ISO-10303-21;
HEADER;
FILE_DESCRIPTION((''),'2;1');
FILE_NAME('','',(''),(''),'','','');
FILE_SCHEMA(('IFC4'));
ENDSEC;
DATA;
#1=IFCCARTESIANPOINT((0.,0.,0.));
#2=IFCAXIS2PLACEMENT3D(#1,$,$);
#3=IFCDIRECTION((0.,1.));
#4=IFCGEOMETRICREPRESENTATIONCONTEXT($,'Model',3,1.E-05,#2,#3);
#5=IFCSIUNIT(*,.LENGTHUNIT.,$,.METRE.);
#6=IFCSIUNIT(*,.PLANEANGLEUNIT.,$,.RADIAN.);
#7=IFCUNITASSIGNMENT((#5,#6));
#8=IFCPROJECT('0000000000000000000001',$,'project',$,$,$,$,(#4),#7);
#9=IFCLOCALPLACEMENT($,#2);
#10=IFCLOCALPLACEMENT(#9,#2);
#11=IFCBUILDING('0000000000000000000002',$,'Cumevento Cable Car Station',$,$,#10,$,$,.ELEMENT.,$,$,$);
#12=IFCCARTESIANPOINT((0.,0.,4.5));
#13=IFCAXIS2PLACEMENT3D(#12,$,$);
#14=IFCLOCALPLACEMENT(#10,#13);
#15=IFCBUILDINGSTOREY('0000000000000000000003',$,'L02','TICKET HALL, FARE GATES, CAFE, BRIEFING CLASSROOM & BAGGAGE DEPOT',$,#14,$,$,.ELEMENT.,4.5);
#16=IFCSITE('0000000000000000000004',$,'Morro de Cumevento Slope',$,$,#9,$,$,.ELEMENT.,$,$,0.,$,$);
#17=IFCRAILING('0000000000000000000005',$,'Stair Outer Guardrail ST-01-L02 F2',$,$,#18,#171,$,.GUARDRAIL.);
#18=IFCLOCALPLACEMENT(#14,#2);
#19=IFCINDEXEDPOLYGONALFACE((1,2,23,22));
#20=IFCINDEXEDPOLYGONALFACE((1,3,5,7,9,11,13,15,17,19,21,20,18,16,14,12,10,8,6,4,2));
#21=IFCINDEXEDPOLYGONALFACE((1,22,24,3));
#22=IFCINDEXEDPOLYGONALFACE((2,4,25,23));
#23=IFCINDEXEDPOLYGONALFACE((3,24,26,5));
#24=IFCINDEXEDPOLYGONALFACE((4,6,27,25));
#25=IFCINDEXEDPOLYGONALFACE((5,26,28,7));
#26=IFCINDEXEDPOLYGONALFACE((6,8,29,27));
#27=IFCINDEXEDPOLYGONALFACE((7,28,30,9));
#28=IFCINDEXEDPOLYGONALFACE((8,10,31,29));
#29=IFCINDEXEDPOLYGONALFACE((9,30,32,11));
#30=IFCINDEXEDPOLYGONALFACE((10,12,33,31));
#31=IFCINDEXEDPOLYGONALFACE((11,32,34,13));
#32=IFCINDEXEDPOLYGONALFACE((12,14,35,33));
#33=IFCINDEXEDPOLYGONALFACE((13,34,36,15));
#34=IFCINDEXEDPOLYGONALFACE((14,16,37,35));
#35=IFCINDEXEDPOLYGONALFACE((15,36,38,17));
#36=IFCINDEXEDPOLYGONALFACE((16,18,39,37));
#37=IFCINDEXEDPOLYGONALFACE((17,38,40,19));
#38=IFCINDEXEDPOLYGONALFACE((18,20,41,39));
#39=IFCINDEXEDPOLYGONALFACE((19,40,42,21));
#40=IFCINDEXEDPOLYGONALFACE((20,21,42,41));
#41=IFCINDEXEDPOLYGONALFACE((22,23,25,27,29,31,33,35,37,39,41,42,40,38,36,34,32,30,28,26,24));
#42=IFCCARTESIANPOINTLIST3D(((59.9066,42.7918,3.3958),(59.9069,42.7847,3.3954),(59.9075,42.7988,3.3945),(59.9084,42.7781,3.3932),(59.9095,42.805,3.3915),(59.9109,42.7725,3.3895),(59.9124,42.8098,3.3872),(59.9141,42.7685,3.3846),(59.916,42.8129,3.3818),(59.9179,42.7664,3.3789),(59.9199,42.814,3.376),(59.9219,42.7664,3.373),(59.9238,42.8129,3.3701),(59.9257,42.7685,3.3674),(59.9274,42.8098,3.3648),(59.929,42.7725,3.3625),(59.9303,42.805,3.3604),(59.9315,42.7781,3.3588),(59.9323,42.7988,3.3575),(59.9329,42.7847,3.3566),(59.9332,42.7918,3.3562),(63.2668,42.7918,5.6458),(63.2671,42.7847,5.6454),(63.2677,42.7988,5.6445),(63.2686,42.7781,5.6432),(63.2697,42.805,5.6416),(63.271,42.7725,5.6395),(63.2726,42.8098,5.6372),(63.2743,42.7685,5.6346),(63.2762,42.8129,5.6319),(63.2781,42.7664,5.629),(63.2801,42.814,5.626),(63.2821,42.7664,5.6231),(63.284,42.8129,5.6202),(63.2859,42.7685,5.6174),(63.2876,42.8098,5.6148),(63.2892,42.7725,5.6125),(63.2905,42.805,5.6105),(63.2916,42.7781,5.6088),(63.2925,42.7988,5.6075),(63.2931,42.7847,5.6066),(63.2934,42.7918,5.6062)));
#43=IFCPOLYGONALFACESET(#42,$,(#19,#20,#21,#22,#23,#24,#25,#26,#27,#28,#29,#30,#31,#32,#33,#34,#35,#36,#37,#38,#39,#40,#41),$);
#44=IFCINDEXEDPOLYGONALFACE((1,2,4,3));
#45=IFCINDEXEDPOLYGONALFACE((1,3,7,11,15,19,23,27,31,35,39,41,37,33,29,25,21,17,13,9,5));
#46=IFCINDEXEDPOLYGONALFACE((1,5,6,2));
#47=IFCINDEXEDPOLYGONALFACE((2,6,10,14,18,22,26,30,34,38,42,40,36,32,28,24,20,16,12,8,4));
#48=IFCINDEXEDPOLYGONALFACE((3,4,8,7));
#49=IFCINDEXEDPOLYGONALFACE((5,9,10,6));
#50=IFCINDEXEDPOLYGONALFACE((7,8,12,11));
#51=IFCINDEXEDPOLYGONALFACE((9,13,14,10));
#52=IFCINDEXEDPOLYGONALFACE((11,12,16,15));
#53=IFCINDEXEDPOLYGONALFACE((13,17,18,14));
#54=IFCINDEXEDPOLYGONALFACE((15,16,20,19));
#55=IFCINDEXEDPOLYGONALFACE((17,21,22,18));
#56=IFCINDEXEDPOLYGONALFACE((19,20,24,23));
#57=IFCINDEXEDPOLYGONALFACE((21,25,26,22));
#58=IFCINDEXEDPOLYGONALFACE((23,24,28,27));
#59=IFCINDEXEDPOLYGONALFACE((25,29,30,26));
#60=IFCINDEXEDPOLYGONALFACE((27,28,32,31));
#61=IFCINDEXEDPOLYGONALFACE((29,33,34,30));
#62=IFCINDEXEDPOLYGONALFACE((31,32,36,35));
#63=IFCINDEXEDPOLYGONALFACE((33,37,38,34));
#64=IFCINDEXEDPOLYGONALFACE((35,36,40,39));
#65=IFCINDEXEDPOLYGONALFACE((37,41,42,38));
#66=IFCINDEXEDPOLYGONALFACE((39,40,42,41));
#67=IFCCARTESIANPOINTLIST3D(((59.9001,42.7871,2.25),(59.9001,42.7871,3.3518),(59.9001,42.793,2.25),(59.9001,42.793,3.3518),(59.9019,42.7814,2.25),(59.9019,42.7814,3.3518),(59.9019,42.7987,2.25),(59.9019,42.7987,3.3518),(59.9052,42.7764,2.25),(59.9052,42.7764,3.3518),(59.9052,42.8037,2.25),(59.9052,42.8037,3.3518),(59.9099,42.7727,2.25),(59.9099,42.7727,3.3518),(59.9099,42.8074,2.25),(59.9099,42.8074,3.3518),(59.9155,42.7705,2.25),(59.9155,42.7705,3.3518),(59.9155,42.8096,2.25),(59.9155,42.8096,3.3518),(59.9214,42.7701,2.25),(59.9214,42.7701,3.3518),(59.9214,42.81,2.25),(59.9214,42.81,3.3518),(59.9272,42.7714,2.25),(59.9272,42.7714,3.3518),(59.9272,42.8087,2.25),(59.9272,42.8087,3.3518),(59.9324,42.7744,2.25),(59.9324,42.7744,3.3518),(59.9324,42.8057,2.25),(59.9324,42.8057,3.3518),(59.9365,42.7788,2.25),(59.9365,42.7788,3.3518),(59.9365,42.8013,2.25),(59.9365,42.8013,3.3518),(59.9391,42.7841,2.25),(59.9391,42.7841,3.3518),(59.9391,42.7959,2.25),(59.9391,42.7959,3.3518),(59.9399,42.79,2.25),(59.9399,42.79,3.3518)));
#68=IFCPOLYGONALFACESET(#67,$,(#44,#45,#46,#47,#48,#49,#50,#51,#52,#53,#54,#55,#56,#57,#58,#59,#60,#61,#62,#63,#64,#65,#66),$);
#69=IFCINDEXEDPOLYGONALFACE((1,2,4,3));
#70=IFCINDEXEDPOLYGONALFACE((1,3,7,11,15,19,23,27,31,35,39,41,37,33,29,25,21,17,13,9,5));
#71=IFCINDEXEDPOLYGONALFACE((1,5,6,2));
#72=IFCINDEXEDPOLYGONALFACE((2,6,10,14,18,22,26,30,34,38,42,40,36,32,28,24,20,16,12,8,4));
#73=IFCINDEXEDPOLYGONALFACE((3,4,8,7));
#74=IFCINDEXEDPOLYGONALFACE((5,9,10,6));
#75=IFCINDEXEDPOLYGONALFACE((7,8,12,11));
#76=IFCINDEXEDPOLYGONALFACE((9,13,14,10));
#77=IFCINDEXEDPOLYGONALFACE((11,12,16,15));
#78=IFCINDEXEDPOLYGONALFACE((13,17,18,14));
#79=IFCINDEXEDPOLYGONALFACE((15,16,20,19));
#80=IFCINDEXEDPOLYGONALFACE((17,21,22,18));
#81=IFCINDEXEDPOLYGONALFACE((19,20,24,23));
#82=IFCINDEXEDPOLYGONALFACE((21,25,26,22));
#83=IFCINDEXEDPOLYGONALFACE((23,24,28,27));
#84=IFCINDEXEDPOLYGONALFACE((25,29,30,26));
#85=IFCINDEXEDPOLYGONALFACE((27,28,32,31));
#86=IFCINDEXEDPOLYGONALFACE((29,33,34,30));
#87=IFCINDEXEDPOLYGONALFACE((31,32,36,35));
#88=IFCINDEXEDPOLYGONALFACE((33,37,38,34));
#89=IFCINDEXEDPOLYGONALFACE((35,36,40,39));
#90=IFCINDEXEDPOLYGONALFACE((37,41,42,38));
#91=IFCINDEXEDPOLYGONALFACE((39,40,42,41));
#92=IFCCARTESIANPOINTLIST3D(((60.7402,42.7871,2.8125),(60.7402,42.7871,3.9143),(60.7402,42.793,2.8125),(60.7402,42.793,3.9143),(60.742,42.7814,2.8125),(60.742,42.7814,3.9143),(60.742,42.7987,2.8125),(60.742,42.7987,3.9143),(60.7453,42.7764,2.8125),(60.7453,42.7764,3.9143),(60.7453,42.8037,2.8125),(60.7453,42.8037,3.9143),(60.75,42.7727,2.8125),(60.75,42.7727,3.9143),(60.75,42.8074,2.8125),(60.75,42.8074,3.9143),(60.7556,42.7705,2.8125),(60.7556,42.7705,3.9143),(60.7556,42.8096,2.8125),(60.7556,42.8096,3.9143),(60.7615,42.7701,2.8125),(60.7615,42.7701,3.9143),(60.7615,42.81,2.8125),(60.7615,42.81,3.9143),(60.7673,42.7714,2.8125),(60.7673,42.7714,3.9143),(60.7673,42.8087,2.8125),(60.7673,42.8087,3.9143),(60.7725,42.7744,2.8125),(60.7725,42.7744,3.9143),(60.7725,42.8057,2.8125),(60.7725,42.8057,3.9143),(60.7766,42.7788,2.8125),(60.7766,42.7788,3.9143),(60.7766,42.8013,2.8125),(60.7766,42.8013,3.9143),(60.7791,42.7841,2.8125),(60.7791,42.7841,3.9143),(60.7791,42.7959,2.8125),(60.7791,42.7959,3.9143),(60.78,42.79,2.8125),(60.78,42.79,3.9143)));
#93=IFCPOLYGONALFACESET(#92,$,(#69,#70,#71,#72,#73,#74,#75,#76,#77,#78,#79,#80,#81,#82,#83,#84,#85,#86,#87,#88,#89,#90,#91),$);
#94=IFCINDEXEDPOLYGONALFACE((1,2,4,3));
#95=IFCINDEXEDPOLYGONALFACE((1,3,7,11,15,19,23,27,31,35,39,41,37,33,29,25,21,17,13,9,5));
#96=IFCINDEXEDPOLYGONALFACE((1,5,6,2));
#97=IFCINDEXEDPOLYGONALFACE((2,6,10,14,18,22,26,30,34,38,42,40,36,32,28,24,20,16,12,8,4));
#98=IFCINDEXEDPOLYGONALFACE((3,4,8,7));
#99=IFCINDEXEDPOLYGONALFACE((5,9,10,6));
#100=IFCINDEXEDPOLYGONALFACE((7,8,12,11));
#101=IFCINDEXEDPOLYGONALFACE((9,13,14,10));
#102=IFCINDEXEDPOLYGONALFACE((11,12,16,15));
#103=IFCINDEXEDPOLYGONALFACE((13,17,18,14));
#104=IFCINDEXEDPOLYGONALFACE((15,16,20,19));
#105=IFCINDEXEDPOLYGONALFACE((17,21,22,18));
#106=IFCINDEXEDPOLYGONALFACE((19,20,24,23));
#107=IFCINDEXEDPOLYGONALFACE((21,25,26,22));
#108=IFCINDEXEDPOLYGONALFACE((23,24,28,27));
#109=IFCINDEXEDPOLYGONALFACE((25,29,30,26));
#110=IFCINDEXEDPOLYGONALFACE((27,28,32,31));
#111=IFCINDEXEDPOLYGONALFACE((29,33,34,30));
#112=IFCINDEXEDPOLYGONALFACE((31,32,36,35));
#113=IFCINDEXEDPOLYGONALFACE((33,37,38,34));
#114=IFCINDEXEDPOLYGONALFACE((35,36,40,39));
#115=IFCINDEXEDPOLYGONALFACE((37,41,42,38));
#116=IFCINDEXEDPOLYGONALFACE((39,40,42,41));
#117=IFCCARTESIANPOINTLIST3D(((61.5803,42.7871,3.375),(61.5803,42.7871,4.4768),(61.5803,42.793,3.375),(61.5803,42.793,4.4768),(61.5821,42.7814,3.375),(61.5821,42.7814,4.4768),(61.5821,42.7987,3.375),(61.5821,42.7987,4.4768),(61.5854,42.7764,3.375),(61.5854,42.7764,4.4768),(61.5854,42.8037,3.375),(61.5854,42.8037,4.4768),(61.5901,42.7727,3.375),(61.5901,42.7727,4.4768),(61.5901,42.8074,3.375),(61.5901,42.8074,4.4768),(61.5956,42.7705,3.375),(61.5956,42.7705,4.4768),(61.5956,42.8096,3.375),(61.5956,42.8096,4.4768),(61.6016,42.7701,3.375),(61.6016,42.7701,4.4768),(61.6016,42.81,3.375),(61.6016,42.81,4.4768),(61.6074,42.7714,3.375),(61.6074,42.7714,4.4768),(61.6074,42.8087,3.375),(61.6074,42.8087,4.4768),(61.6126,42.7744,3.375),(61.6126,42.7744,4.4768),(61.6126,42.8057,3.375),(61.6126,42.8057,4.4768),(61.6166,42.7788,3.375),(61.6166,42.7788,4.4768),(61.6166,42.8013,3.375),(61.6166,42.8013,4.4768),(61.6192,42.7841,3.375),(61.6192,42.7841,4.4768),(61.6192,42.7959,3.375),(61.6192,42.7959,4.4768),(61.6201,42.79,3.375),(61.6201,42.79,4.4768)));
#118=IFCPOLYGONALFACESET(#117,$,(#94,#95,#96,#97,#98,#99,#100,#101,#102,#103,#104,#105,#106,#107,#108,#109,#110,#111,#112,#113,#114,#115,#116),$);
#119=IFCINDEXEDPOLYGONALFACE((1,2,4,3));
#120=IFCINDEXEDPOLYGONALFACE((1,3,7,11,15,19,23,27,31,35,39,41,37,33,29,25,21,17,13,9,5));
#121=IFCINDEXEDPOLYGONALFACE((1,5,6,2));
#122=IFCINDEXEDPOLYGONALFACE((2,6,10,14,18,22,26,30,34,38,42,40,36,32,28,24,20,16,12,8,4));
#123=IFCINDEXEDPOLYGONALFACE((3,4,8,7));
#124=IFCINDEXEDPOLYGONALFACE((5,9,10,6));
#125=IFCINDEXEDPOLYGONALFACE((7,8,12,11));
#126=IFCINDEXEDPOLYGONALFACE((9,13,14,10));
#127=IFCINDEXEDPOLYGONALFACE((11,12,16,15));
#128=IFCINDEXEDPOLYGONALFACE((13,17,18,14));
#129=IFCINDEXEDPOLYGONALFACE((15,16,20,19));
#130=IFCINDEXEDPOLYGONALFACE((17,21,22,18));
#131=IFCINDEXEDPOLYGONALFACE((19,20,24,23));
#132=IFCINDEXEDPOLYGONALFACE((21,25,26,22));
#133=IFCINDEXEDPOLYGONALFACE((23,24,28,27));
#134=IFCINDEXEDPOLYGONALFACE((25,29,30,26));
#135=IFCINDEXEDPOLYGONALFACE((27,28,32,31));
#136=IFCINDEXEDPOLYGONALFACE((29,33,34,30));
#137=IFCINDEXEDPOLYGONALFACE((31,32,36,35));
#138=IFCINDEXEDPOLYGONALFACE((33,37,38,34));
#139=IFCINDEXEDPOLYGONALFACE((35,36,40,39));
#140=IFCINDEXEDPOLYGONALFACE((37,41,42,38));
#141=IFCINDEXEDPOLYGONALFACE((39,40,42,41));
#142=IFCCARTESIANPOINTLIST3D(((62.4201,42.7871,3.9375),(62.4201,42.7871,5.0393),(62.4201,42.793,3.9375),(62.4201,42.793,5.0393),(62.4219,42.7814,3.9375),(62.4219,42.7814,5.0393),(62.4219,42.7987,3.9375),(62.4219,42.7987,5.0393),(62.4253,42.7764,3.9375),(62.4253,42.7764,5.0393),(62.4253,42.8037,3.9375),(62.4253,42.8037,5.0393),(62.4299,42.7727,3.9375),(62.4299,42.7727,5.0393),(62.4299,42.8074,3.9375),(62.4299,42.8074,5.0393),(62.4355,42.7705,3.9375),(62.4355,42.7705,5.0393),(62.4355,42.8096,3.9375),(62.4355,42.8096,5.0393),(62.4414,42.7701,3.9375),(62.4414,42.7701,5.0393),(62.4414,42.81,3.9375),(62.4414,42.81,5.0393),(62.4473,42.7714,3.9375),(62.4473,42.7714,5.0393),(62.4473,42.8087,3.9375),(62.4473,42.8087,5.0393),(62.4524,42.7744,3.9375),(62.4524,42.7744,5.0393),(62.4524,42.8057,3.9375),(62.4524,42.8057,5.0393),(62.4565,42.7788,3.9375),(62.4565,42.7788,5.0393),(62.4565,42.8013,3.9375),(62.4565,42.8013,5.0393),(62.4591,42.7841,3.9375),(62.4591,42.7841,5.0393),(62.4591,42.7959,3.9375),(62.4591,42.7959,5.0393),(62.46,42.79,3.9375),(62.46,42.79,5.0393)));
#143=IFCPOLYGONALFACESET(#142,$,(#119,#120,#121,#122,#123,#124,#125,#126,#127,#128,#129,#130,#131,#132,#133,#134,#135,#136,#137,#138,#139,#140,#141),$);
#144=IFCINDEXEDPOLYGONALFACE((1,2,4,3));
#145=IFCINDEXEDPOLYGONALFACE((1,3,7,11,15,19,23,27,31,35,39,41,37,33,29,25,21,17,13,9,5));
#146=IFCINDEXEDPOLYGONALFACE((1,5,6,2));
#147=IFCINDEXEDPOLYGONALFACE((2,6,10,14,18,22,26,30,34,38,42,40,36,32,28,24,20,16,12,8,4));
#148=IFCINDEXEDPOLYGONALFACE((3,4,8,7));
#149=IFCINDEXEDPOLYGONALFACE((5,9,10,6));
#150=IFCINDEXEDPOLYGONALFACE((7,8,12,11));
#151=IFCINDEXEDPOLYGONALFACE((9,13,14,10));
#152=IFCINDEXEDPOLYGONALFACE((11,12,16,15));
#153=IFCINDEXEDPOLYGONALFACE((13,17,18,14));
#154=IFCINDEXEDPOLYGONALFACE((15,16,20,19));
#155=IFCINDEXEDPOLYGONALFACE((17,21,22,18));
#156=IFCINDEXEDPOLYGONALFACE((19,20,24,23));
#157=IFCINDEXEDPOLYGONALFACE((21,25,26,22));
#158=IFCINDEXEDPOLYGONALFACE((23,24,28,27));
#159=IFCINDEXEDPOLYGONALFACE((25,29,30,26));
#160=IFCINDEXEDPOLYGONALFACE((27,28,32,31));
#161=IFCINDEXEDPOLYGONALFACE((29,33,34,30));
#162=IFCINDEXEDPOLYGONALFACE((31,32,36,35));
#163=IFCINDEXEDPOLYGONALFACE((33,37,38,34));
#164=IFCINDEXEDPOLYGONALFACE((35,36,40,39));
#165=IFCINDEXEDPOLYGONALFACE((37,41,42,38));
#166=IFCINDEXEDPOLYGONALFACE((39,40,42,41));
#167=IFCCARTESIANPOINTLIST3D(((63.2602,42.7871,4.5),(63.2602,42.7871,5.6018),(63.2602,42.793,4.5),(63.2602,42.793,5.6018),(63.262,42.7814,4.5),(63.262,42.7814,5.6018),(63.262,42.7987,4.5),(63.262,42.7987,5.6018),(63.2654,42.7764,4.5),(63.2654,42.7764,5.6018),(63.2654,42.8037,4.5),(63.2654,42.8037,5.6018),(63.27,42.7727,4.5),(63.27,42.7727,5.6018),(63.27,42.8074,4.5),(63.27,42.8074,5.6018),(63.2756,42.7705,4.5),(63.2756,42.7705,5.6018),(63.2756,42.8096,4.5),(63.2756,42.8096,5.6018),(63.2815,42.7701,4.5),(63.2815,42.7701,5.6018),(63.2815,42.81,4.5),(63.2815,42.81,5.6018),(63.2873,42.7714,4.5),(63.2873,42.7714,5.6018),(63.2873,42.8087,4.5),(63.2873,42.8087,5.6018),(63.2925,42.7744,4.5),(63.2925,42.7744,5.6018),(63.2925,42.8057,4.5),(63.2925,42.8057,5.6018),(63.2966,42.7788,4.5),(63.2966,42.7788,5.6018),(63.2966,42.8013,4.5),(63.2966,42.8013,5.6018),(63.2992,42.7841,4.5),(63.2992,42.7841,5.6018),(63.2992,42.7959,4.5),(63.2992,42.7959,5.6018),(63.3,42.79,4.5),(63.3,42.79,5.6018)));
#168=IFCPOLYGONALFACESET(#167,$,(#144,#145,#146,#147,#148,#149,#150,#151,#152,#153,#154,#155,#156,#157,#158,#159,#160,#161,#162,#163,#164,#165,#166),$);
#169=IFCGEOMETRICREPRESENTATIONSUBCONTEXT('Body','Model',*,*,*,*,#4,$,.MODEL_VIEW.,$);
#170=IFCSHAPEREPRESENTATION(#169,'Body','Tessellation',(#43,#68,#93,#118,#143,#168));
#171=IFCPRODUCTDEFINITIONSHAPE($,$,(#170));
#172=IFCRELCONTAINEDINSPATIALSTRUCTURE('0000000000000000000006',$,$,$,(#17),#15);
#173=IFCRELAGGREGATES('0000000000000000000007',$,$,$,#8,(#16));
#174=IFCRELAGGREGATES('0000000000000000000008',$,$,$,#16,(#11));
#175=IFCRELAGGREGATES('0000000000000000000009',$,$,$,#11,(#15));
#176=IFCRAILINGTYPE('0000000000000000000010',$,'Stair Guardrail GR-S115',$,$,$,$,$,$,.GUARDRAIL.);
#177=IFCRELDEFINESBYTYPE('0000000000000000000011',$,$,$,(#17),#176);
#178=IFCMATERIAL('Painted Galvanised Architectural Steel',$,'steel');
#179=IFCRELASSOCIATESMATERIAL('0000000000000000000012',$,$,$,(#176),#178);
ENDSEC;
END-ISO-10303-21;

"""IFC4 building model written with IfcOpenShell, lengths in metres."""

from ifc_helpers import new_model, si_unit, direction, frame, origin, origin_2d, place, context, subcontext, project, spatial, circle, extrude, material, type_object, element, save


model = new_model("IFC4")

# Units and contexts
model_context = context("Model", 3, precision=1e-05, world=origin(), true_north=direction((0.0, 1.0)))
body_context = subcontext(model_context, "Body", "Model", "MODEL_VIEW")
ifc_project = project(units=[si_unit("LENGTHUNIT", "METRE"), si_unit("PLANEANGLEUNIT", "RADIAN")], contexts=[model_context])

# Site, building, storey
site_placement = place(None, origin())
site = spatial("IfcSite", under=ifc_project, at=site_placement, Name="Morro de Cumevento Slope", CompositionType="ELEMENT", RefElevation=0.0)
building_placement = place(site_placement, origin())
building = spatial("IfcBuilding", under=site, at=building_placement, Name="Cumevento Cable Car Station", CompositionType="ELEMENT")
storey_placement = place(building_placement, frame((0.0, 0.0, 4.5)))
storey = spatial("IfcBuildingStorey", under=building, at=storey_placement, Name="L02", Description="TICKET HALL, FARE GATES, CAFE, BRIEFING CLASSROOM & BAGGAGE DEPOT", CompositionType="ELEMENT", Elevation=4.5)

# Railing
ifc_material_1 = material(Name="Painted Galvanised Architectural Steel", Category="steel")
railing_type_1 = type_object("IfcRailingType", Name="Stair Guardrail GR-S115", PredefinedType="GUARDRAIL", material=ifc_material_1)
railing_1_placement = place(storey_placement, frame((59.9199, 42.79, 2.25)))
element("IfcRailing", 1, at=railing_1_placement, inside=storey, type_object=railing_type_1, Name="Stair Outer Guardrail ST-01-L02 F2", PredefinedType="GUARDRAIL", context=body_context, shape_type="SweptSolid", body=[
    extrude(circle(Radius=0.0239, at=origin_2d()), frame((0.0, 0.0, 1.126), z_axis=(0.830915, 0.0, 0.556399), x_axis=(0.0, 1.0, 0.0)), (0.0, 0.0, 1.0), 4.0439),
    extrude(circle(Radius=0.02, at=origin_2d()), origin(), (0.0, 0.0, 1.0), 1.1018),
    extrude(circle(Radius=0.02, at=origin_2d()), frame((0.8401, 0.0, 0.5625)), (0.0, 0.0, 1.0), 1.1018),
    extrude(circle(Radius=0.02, at=origin_2d()), frame((1.6802, 0.0, 1.125)), (0.0, 0.0, 1.0), 1.1018),
    extrude(circle(Radius=0.02, at=origin_2d()), frame((2.52, 0.0, 1.6875)), (0.0, 0.0, 1.0), 1.1018),
    extrude(circle(Radius=0.02, at=origin_2d()), frame((3.3601, 0.0, 2.25)), (0.0, 0.0, 1.0), 1.1018),
])

save(model, "model.ifc")
